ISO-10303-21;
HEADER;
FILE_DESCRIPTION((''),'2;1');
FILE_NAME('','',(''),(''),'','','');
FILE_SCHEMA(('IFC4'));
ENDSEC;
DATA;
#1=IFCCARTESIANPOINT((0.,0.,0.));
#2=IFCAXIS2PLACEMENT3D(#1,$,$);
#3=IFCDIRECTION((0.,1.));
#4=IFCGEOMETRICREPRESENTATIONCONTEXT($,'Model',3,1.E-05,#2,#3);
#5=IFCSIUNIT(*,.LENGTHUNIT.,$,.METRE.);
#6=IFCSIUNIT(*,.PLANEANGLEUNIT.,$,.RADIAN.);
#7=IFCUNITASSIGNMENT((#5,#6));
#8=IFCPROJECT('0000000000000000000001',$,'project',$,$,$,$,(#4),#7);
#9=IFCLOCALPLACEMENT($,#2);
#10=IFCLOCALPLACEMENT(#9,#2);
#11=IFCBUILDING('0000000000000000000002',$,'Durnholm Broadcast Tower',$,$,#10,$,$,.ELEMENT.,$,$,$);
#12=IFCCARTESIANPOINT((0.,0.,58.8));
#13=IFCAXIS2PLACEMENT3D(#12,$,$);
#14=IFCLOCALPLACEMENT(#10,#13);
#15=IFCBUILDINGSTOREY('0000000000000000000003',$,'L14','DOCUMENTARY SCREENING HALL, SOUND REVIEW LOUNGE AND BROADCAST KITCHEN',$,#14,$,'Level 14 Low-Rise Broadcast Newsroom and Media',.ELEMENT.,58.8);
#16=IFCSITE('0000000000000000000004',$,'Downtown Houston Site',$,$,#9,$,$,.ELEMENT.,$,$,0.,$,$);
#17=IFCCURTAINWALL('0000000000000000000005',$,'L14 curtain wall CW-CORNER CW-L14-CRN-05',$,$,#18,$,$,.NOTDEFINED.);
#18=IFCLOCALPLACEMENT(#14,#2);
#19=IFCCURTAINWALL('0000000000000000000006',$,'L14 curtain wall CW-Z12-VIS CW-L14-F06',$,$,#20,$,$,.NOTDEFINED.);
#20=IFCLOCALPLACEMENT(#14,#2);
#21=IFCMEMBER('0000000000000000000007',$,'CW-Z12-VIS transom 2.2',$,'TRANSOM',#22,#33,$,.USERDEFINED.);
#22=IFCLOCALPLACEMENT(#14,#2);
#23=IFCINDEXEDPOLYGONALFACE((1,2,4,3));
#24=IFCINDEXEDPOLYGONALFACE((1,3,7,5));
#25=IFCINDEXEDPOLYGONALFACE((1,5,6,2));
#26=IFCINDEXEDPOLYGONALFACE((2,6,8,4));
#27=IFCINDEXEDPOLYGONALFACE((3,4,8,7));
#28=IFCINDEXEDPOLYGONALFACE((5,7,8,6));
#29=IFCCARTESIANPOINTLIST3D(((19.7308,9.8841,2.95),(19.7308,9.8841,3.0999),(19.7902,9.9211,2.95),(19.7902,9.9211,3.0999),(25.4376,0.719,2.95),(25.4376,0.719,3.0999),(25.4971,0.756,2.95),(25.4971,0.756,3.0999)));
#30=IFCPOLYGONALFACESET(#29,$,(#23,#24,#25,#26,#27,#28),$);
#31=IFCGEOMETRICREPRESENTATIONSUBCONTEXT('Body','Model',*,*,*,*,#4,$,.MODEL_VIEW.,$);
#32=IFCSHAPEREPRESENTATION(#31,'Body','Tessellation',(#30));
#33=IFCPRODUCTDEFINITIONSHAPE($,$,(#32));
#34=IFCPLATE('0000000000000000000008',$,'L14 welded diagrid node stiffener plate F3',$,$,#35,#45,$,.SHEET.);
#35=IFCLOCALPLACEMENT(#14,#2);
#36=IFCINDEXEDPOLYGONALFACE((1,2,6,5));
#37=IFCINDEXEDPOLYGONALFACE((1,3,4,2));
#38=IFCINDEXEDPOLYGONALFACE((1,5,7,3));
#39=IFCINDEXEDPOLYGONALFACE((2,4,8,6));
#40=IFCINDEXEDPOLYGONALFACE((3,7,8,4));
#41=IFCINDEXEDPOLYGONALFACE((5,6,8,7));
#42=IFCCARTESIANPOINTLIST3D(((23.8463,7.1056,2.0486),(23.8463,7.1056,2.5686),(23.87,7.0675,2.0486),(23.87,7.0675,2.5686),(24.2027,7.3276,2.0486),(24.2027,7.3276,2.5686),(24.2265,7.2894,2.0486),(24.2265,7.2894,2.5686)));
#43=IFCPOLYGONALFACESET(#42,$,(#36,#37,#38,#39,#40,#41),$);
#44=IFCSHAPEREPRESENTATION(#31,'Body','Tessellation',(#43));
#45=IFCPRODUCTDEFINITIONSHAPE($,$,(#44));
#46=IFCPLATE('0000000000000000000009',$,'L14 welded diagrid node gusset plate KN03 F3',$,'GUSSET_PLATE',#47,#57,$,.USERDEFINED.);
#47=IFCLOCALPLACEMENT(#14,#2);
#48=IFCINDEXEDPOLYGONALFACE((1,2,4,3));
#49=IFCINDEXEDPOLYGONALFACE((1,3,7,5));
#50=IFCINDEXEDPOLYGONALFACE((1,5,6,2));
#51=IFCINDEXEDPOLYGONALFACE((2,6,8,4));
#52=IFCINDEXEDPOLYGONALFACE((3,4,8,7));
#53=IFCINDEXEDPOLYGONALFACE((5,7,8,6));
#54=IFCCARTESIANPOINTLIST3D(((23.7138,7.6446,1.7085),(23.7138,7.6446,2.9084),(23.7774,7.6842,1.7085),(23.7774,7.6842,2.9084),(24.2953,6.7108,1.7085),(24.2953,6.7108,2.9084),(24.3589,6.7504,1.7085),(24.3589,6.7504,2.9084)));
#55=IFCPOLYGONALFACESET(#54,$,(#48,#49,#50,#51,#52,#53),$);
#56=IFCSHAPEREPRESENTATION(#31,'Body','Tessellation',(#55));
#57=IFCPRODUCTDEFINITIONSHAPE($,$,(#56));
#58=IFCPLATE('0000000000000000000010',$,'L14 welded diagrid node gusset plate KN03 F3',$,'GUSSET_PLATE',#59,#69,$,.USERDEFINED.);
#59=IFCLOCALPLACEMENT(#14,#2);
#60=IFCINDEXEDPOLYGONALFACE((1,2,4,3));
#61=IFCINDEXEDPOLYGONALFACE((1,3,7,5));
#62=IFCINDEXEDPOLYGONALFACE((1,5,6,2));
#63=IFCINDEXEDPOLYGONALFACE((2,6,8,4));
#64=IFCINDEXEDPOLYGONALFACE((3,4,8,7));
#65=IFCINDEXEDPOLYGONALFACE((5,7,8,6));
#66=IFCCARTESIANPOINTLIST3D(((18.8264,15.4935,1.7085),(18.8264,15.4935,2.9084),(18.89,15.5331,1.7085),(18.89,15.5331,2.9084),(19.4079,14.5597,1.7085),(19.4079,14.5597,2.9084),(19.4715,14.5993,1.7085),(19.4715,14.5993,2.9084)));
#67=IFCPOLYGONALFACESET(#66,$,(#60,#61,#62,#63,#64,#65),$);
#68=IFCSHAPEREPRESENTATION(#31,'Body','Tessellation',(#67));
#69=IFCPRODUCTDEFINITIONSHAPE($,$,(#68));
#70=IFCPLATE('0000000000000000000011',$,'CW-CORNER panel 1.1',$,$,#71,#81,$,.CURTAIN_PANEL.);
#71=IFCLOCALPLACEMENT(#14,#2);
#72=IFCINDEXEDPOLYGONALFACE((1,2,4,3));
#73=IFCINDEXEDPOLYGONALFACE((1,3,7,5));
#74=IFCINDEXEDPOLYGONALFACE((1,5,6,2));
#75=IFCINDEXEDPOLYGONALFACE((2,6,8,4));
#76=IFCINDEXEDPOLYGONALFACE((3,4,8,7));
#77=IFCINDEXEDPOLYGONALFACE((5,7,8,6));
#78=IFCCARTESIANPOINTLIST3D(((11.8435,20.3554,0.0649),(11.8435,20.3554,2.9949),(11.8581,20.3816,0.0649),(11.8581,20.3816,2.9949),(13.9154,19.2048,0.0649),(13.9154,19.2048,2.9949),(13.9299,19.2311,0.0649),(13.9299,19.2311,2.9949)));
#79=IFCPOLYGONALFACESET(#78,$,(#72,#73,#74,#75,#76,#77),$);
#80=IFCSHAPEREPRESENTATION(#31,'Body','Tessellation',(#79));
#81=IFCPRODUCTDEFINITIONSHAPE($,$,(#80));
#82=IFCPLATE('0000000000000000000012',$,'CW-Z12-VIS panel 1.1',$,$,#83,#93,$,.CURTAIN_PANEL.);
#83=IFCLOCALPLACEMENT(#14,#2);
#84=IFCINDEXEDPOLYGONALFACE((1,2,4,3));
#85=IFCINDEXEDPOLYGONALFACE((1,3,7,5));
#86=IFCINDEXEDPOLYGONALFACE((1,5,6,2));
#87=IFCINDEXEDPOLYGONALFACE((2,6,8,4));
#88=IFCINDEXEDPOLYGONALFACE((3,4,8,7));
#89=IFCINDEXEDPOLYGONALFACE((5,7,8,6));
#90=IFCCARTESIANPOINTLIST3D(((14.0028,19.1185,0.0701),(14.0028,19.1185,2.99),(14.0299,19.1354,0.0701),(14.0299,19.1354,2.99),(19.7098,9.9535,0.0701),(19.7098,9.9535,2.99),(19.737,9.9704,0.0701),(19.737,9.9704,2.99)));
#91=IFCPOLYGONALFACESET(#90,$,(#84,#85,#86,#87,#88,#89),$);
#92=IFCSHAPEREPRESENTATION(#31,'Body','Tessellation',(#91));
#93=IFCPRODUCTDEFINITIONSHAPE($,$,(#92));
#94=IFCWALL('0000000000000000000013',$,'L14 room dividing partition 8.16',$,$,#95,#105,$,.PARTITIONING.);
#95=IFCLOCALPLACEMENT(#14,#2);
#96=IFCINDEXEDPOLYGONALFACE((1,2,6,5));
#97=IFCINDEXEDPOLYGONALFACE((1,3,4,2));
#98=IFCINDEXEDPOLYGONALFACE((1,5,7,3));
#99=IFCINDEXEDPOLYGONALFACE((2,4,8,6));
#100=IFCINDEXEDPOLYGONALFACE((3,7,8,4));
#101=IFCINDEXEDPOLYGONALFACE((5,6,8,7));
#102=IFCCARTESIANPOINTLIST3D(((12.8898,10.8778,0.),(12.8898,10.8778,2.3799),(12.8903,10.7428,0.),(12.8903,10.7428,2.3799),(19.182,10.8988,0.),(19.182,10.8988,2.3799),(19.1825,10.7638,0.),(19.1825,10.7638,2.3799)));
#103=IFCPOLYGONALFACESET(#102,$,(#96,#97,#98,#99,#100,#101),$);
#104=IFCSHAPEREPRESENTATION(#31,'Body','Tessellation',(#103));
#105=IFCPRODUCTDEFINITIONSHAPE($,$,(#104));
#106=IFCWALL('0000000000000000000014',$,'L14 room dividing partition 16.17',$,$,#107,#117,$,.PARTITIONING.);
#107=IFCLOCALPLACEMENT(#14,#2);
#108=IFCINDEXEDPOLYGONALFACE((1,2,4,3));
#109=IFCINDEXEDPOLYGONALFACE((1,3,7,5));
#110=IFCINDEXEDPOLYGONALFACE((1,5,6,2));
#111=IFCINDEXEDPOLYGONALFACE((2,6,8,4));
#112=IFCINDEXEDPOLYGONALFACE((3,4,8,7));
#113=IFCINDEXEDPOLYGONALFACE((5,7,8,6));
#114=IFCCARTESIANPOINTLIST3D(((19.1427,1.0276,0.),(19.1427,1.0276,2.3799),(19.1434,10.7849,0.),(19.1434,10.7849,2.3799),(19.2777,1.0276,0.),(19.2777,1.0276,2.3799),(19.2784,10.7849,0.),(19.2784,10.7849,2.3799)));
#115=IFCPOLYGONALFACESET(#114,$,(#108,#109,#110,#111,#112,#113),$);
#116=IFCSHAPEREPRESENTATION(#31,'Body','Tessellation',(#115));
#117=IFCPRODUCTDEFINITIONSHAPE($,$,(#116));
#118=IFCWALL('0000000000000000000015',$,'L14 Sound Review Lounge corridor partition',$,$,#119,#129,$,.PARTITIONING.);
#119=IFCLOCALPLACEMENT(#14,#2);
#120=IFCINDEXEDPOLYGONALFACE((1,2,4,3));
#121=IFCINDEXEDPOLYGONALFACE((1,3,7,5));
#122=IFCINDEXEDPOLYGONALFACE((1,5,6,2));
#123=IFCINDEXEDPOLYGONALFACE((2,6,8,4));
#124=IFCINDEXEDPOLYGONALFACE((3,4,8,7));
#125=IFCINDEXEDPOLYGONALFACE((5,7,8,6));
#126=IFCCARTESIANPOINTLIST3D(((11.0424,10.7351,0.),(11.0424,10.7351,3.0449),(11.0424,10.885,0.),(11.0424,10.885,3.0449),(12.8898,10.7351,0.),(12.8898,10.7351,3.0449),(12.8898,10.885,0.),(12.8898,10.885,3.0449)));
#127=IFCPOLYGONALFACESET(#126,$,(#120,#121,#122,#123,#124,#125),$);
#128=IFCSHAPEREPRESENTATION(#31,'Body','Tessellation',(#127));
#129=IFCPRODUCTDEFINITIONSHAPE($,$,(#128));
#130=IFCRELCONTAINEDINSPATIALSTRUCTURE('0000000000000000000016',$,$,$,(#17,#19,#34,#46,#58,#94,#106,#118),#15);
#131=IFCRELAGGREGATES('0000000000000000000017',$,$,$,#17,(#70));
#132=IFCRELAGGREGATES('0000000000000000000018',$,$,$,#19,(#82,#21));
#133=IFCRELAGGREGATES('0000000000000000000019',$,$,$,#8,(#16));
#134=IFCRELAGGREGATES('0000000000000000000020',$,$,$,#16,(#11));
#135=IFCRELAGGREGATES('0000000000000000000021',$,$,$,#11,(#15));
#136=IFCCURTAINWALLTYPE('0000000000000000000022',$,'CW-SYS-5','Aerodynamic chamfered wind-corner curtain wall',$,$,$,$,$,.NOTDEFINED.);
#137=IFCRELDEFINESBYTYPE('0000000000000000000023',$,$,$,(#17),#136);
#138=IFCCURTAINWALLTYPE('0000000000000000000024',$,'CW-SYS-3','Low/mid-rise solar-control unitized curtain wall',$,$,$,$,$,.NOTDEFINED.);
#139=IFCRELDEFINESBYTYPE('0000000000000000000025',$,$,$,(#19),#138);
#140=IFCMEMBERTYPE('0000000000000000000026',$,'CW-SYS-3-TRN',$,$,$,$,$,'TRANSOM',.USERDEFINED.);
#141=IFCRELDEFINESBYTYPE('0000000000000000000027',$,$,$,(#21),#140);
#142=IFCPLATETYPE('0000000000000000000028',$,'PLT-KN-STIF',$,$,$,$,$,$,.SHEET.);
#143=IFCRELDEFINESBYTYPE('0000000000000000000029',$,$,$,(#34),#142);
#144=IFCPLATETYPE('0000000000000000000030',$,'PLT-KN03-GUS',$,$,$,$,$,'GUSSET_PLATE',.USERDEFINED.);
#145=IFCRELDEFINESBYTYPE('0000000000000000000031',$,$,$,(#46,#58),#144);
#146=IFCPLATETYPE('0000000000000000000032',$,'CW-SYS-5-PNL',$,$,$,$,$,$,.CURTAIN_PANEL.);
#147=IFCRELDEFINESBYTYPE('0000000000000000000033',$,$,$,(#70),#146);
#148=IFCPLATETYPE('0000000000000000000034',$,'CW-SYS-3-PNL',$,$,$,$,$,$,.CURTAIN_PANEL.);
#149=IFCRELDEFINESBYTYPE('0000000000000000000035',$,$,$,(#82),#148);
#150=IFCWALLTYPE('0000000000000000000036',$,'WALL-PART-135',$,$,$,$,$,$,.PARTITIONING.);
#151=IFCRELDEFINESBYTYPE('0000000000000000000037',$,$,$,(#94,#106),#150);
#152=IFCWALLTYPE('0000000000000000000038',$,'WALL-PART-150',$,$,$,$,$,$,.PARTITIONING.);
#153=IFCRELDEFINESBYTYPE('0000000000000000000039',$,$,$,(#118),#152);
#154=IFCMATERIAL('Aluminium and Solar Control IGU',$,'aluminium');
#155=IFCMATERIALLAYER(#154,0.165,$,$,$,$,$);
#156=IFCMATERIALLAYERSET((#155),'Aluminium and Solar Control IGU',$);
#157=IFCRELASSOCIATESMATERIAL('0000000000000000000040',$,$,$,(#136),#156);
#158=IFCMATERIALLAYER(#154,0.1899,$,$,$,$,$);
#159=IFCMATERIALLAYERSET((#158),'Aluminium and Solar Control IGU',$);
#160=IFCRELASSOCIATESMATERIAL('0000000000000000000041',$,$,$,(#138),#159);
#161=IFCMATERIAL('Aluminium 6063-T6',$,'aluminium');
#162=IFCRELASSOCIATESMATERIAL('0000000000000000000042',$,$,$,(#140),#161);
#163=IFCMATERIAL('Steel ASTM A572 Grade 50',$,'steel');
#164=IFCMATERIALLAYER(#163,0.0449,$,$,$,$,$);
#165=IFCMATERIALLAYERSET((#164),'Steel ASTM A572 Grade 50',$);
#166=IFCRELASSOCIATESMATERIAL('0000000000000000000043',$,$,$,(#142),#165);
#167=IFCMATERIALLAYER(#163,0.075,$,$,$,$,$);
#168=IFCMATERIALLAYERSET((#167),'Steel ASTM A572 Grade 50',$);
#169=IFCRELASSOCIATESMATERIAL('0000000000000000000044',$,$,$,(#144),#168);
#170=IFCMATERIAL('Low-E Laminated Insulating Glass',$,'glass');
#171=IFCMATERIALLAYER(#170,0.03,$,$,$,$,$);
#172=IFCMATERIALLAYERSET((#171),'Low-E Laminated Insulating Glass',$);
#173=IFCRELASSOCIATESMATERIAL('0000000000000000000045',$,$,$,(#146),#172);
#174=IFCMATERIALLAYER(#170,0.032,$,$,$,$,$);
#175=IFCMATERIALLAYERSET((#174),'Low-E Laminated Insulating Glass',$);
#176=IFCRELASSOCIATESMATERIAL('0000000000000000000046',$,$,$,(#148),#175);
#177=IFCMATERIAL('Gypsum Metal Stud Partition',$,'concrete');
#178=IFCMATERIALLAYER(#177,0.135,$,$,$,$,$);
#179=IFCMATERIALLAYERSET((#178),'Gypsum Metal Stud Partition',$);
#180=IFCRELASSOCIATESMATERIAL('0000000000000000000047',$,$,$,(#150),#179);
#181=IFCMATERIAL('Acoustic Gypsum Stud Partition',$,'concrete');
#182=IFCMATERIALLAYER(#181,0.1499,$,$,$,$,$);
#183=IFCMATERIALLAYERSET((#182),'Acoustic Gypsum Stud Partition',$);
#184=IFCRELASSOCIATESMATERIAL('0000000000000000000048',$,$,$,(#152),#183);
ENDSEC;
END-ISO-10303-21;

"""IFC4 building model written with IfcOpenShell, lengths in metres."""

from ifc_helpers import new_model, si_unit, direction, frame, frame_2d, origin, origin_2d, place, context, subcontext, project, spatial, rectangle, extrude, source, transform, mapped, material, layer, layer_set, material_profile, profile_set, type_object, type_shapes, element, aggregate, save


model = new_model("IFC4")

# Units and contexts
model_context = context("Model", 3, precision=1e-05, world=origin(), true_north=direction((0.0, 1.0)))
body_context = subcontext(model_context, "Body", "Model", "MODEL_VIEW")
ifc_project = project(units=[si_unit("LENGTHUNIT", "METRE"), si_unit("PLANEANGLEUNIT", "RADIAN")], contexts=[model_context])

# Site, building, storey
site_placement = place(None, origin())
site = spatial("IfcSite", under=ifc_project, at=site_placement, Name="Downtown Houston Site", CompositionType="ELEMENT", RefElevation=0.0)
building_placement = place(site_placement, origin())
building = spatial("IfcBuilding", under=site, at=building_placement, Name="Durnholm Broadcast Tower", CompositionType="ELEMENT")
storey_placement = place(building_placement, frame((0.0, 0.0, 58.8)))
storey = spatial("IfcBuildingStorey", under=building, at=storey_placement, Name="L14", Description="DOCUMENTARY SCREENING HALL, SOUND REVIEW LOUNGE AND BROADCAST KITCHEN", LongName="Level 14 Low-Rise Broadcast Newsroom and Media", CompositionType="ELEMENT", Elevation=58.8)

# Curtain wall
ifc_material_1 = material(Name="Aluminium and Solar Control IGU", Category="aluminium")
ifc_layer_1 = layer(ifc_material_1, 0.165)
ifc_layer_set_1 = layer_set([ifc_layer_1], Name="Aluminium and Solar Control IGU")
curtain_wall_type_1 = type_object("IfcCurtainWallType", Name="CW-SYS-5", Description="Aerodynamic chamfered wind-corner curtain wall", PredefinedType="NOTDEFINED", material=ifc_layer_set_1)
curtain_wall_1_placement = place(storey_placement, origin())
curtain_wall_1 = element("IfcCurtainWall", 1, at=curtain_wall_1_placement, inside=storey, type_object=curtain_wall_type_1, Name="L14 curtain wall CW-CORNER CW-L14-CRN-05", PredefinedType="NOTDEFINED")
ifc_material_2 = material(Name="Aluminium 6063-T6", Category="aluminium")

# Curtain wall, member
ifc_layer_2 = layer(ifc_material_1, 0.1899)
ifc_layer_set_2 = layer_set([ifc_layer_2], Name="Aluminium and Solar Control IGU")
curtain_wall_type_2 = type_object("IfcCurtainWallType", Name="CW-SYS-3", Description="Low/mid-rise solar-control unitized curtain wall", PredefinedType="NOTDEFINED", material=ifc_layer_set_2)
curtain_wall_2_placement = place(storey_placement, origin())
curtain_wall_2 = element("IfcCurtainWall", 2, at=curtain_wall_2_placement, inside=storey, type_object=curtain_wall_type_2, Name="L14 curtain wall CW-Z12-VIS CW-L14-F06", PredefinedType="NOTDEFINED")
ifc_material_profile_1 = material_profile(ifc_material_2, rectangle(XDim=0.0701, YDim=0.1499, at=origin_2d()), Name="CWT70X150")
ifc_profile_set_1 = profile_set([ifc_material_profile_1], Name="Aluminium 6063-T6")
member_type_1 = type_object("IfcMemberType", Name="CW-SYS-3-TRN", ElementType="TRANSOM", PredefinedType="USERDEFINED", material=ifc_profile_set_1)
shared_shape_1 = source(origin(), body_context, "Body", "SweptSolid", [
    extrude(rectangle(XDim=0.0701, YDim=0.1499, at=origin_2d()), origin(), (0.0, 0.0, 1.0), 10.7966),
])
type_shapes(member_type_1, [shared_shape_1])
member_1_placement = place(storey_placement, frame((19.7605, 9.9026, 3.0249), z_axis=(0.528575, -0.848886, 0.0), x_axis=(0.848886, 0.528575, 0.0)))
member_1 = element("IfcMember", 3, at=member_1_placement, type_object=member_type_1, Name="CW-Z12-VIS transom 2.2", ObjectType="TRANSOM", PredefinedType="USERDEFINED", context=body_context, shape_type="MappedRepresentation", body=[
    mapped(shared_shape_1, transform((0.0, 0.0, 0.0), x_axis=(1.0, 0.0, 0.0), y_axis=(0.0, 1.0, 0.0), z_axis=(0.0, 0.0, 1.0), scale=1.0)),
])

# Plates
ifc_material_3 = material(Name="Steel ASTM A572 Grade 50", Category="steel")
ifc_layer_3 = layer(ifc_material_3, 0.0449)
ifc_layer_set_3 = layer_set([ifc_layer_3], Name="Steel ASTM A572 Grade 50")
plate_type_1 = type_object("IfcPlateType", Name="PLT-KN-STIF", PredefinedType="SHEET", material=ifc_layer_set_3)
shared_shape_2 = source(origin(), body_context, "Body", "SweptSolid", [
    extrude(rectangle(XDim=0.0449, YDim=0.4199, at=origin_2d()), origin(), (0.0, 0.0, 1.0), 0.52),
])
type_shapes(plate_type_1, [shared_shape_2])
plate_1_placement = place(storey_placement, frame((24.0364, 7.1975, 2.0486), z_axis=(0.0, 0.0, 1.0), x_axis=(-0.528587, 0.848879, 0.0)))
element("IfcPlate", 4, at=plate_1_placement, inside=storey, type_object=plate_type_1, Name="L14 welded diagrid node stiffener plate F3", PredefinedType="SHEET", context=body_context, shape_type="MappedRepresentation", body=[
    mapped(shared_shape_2, transform((0.0, 0.0, 0.0), x_axis=(1.0, 0.0, 0.0), y_axis=(0.0, 1.0, 0.0), z_axis=(0.0, 0.0, 1.0), scale=1.0)),
])
ifc_layer_4 = layer(ifc_material_3, 0.075)
ifc_layer_set_4 = layer_set([ifc_layer_4], Name="Steel ASTM A572 Grade 50")
plate_type_2 = type_object("IfcPlateType", Name="PLT-KN03-GUS", ElementType="GUSSET_PLATE", PredefinedType="USERDEFINED", material=ifc_layer_set_4)
shared_shape_3 = source(origin(), body_context, "Body", "SweptSolid", [
    extrude(rectangle(XDim=1.1001, YDim=0.075, at=origin_2d()), origin(), (0.0, 0.0, 1.0), 1.2),
])
type_shapes(plate_type_2, [shared_shape_3])
for number, where, z_axis, x_axis, name in (
    (5, (24.0364, 7.1975, 1.7085), (0.0, 0.0, 1.0), (-0.528587, 0.848879, 0.0), "L14 welded diagrid node gusset plate KN03 F3"),
    (6, (19.1489, 15.0464, 1.7085), (0.0, 0.0, 1.0), (-0.528587, 0.848879, 0.0), "L14 welded diagrid node gusset plate KN03 F3"),
):
    element("IfcPlate", number, at=place(storey_placement, frame(where, z_axis=z_axis, x_axis=x_axis)), inside=storey, type_object=plate_type_2, Name=name, ObjectType="GUSSET_PLATE", PredefinedType="USERDEFINED", context=body_context, shape_type="MappedRepresentation", body=[
        mapped(shared_shape_3, transform((0.0, 0.0, 0.0), x_axis=(1.0, 0.0, 0.0), y_axis=(0.0, 1.0, 0.0), z_axis=(0.0, 0.0, 1.0), scale=1.0)),
    ])

# Plates
ifc_material_4 = material(Name="Low-E Laminated Insulating Glass", Category="glass")
ifc_layer_5 = layer(ifc_material_4, 0.03)
ifc_layer_set_5 = layer_set([ifc_layer_5], Name="Low-E Laminated Insulating Glass")
plate_type_3 = type_object("IfcPlateType", Name="CW-SYS-5-PNL", PredefinedType="CURTAIN_PANEL", material=ifc_layer_set_5)
shared_shape_4 = source(origin(), body_context, "Body", "SweptSolid", [
    extrude(rectangle(XDim=2.3699, YDim=0.03, at=origin_2d()), origin(), (0.0, 0.0, 1.0), 2.9299),
])
type_shapes(plate_type_3, [shared_shape_4])
plate_2_placement = place(storey_placement, frame((12.8867, 19.7932, 0.0649), z_axis=(0.0, 0.0, 1.0), x_axis=(0.874246, -0.485483, 0.0)))
plate_2 = element("IfcPlate", 7, at=plate_2_placement, type_object=plate_type_3, Name="CW-CORNER panel 1.1", PredefinedType="CURTAIN_PANEL", context=body_context, shape_type="MappedRepresentation", body=[
    mapped(shared_shape_4, transform((0.0, 0.0, 0.0), x_axis=(1.0, 0.0, 0.0), y_axis=(0.0, 1.0, 0.0), z_axis=(0.0, 0.0, 1.0), scale=1.0)),
])
aggregate(curtain_wall_1, [plate_2])
ifc_layer_6 = layer(ifc_material_4, 0.032)
ifc_layer_set_6 = layer_set([ifc_layer_6], Name="Low-E Laminated Insulating Glass")
plate_type_4 = type_object("IfcPlateType", Name="CW-SYS-3-PNL", PredefinedType="CURTAIN_PANEL", material=ifc_layer_set_6)
shared_shape_5 = source(origin(), body_context, "Body", "SweptSolid", [
    extrude(rectangle(XDim=10.7966, YDim=0.032, at=origin_2d()), origin(), (0.0, 0.0, 1.0), 2.9199),
])
type_shapes(plate_type_4, [shared_shape_5])
plate_3_placement = place(storey_placement, frame((16.8699, 14.5444, 0.0701), z_axis=(0.0, 0.0, 1.0), x_axis=(0.528592, -0.848876, 0.0)))
plate_3 = element("IfcPlate", 8, at=plate_3_placement, type_object=plate_type_4, Name="CW-Z12-VIS panel 1.1", PredefinedType="CURTAIN_PANEL", context=body_context, shape_type="MappedRepresentation", body=[
    mapped(shared_shape_5, transform((0.0, 0.0, 0.0), x_axis=(1.0, 0.0, 0.0), y_axis=(0.0, 1.0, 0.0), z_axis=(0.0, 0.0, 1.0), scale=1.0)),
])
aggregate(curtain_wall_2, [plate_3, member_1])

# Walls
ifc_material_5 = material(Name="Gypsum Metal Stud Partition", Category="concrete")
ifc_layer_7 = layer(ifc_material_5, 0.135)
ifc_layer_set_7 = layer_set([ifc_layer_7], Name="Gypsum Metal Stud Partition")
wall_type_1 = type_object("IfcWallType", Name="WALL-PART-135", PredefinedType="PARTITIONING", material=ifc_layer_set_7)
wall_1_placement = place(storey_placement, frame((19.1821, 10.8313, 0.0), z_axis=(0.0, 0.0, 1.0), x_axis=(-0.999994, -0.003337, 0.0)))
element("IfcWall", 9, at=wall_1_placement, inside=storey, type_object=wall_type_1, Name="L14 room dividing partition 8.16", PredefinedType="PARTITIONING", context=body_context, shape_type="SweptSolid", body=[
    extrude(rectangle(XDim=6.2922, YDim=0.135, at=frame_2d((3.146, 0.0))), origin(), (0.0, 0.0, 1.0), 2.3799),
])
wall_2_placement = place(storey_placement, frame((19.2109, 10.7849, 0.0), z_axis=(0.0, 0.0, 1.0), x_axis=(-0.000075, -1.0, 0.0)))
element("IfcWall", 10, at=wall_2_placement, inside=storey, type_object=wall_type_1, Name="L14 room dividing partition 16.17", PredefinedType="PARTITIONING", context=body_context, shape_type="SweptSolid", body=[
    extrude(rectangle(XDim=9.7573, YDim=0.135, at=frame_2d((4.8787, 0.0))), origin(), (0.0, 0.0, 1.0), 2.3799),
])
ifc_material_6 = material(Name="Acoustic Gypsum Stud Partition", Category="concrete")
ifc_layer_8 = layer(ifc_material_6, 0.1499)
ifc_layer_set_8 = layer_set([ifc_layer_8], Name="Acoustic Gypsum Stud Partition")
wall_type_2 = type_object("IfcWallType", Name="WALL-PART-150", PredefinedType="PARTITIONING", material=ifc_layer_set_8)
wall_3_placement = place(storey_placement, frame((12.8899, 10.8101, 0.0), z_axis=(0.0, 0.0, 1.0), x_axis=(-1.0, 0.0, 0.0)))
element("IfcWall", 11, at=wall_3_placement, inside=storey, type_object=wall_type_2, Name="L14 Sound Review Lounge corridor partition", PredefinedType="PARTITIONING", context=body_context, shape_type="SweptSolid", body=[
    extrude(rectangle(XDim=1.8474, YDim=0.1499, at=frame_2d((0.9238, 0.0))), origin(), (0.0, 0.0, 1.0), 3.0449),
])

save(model, "model.ifc")
